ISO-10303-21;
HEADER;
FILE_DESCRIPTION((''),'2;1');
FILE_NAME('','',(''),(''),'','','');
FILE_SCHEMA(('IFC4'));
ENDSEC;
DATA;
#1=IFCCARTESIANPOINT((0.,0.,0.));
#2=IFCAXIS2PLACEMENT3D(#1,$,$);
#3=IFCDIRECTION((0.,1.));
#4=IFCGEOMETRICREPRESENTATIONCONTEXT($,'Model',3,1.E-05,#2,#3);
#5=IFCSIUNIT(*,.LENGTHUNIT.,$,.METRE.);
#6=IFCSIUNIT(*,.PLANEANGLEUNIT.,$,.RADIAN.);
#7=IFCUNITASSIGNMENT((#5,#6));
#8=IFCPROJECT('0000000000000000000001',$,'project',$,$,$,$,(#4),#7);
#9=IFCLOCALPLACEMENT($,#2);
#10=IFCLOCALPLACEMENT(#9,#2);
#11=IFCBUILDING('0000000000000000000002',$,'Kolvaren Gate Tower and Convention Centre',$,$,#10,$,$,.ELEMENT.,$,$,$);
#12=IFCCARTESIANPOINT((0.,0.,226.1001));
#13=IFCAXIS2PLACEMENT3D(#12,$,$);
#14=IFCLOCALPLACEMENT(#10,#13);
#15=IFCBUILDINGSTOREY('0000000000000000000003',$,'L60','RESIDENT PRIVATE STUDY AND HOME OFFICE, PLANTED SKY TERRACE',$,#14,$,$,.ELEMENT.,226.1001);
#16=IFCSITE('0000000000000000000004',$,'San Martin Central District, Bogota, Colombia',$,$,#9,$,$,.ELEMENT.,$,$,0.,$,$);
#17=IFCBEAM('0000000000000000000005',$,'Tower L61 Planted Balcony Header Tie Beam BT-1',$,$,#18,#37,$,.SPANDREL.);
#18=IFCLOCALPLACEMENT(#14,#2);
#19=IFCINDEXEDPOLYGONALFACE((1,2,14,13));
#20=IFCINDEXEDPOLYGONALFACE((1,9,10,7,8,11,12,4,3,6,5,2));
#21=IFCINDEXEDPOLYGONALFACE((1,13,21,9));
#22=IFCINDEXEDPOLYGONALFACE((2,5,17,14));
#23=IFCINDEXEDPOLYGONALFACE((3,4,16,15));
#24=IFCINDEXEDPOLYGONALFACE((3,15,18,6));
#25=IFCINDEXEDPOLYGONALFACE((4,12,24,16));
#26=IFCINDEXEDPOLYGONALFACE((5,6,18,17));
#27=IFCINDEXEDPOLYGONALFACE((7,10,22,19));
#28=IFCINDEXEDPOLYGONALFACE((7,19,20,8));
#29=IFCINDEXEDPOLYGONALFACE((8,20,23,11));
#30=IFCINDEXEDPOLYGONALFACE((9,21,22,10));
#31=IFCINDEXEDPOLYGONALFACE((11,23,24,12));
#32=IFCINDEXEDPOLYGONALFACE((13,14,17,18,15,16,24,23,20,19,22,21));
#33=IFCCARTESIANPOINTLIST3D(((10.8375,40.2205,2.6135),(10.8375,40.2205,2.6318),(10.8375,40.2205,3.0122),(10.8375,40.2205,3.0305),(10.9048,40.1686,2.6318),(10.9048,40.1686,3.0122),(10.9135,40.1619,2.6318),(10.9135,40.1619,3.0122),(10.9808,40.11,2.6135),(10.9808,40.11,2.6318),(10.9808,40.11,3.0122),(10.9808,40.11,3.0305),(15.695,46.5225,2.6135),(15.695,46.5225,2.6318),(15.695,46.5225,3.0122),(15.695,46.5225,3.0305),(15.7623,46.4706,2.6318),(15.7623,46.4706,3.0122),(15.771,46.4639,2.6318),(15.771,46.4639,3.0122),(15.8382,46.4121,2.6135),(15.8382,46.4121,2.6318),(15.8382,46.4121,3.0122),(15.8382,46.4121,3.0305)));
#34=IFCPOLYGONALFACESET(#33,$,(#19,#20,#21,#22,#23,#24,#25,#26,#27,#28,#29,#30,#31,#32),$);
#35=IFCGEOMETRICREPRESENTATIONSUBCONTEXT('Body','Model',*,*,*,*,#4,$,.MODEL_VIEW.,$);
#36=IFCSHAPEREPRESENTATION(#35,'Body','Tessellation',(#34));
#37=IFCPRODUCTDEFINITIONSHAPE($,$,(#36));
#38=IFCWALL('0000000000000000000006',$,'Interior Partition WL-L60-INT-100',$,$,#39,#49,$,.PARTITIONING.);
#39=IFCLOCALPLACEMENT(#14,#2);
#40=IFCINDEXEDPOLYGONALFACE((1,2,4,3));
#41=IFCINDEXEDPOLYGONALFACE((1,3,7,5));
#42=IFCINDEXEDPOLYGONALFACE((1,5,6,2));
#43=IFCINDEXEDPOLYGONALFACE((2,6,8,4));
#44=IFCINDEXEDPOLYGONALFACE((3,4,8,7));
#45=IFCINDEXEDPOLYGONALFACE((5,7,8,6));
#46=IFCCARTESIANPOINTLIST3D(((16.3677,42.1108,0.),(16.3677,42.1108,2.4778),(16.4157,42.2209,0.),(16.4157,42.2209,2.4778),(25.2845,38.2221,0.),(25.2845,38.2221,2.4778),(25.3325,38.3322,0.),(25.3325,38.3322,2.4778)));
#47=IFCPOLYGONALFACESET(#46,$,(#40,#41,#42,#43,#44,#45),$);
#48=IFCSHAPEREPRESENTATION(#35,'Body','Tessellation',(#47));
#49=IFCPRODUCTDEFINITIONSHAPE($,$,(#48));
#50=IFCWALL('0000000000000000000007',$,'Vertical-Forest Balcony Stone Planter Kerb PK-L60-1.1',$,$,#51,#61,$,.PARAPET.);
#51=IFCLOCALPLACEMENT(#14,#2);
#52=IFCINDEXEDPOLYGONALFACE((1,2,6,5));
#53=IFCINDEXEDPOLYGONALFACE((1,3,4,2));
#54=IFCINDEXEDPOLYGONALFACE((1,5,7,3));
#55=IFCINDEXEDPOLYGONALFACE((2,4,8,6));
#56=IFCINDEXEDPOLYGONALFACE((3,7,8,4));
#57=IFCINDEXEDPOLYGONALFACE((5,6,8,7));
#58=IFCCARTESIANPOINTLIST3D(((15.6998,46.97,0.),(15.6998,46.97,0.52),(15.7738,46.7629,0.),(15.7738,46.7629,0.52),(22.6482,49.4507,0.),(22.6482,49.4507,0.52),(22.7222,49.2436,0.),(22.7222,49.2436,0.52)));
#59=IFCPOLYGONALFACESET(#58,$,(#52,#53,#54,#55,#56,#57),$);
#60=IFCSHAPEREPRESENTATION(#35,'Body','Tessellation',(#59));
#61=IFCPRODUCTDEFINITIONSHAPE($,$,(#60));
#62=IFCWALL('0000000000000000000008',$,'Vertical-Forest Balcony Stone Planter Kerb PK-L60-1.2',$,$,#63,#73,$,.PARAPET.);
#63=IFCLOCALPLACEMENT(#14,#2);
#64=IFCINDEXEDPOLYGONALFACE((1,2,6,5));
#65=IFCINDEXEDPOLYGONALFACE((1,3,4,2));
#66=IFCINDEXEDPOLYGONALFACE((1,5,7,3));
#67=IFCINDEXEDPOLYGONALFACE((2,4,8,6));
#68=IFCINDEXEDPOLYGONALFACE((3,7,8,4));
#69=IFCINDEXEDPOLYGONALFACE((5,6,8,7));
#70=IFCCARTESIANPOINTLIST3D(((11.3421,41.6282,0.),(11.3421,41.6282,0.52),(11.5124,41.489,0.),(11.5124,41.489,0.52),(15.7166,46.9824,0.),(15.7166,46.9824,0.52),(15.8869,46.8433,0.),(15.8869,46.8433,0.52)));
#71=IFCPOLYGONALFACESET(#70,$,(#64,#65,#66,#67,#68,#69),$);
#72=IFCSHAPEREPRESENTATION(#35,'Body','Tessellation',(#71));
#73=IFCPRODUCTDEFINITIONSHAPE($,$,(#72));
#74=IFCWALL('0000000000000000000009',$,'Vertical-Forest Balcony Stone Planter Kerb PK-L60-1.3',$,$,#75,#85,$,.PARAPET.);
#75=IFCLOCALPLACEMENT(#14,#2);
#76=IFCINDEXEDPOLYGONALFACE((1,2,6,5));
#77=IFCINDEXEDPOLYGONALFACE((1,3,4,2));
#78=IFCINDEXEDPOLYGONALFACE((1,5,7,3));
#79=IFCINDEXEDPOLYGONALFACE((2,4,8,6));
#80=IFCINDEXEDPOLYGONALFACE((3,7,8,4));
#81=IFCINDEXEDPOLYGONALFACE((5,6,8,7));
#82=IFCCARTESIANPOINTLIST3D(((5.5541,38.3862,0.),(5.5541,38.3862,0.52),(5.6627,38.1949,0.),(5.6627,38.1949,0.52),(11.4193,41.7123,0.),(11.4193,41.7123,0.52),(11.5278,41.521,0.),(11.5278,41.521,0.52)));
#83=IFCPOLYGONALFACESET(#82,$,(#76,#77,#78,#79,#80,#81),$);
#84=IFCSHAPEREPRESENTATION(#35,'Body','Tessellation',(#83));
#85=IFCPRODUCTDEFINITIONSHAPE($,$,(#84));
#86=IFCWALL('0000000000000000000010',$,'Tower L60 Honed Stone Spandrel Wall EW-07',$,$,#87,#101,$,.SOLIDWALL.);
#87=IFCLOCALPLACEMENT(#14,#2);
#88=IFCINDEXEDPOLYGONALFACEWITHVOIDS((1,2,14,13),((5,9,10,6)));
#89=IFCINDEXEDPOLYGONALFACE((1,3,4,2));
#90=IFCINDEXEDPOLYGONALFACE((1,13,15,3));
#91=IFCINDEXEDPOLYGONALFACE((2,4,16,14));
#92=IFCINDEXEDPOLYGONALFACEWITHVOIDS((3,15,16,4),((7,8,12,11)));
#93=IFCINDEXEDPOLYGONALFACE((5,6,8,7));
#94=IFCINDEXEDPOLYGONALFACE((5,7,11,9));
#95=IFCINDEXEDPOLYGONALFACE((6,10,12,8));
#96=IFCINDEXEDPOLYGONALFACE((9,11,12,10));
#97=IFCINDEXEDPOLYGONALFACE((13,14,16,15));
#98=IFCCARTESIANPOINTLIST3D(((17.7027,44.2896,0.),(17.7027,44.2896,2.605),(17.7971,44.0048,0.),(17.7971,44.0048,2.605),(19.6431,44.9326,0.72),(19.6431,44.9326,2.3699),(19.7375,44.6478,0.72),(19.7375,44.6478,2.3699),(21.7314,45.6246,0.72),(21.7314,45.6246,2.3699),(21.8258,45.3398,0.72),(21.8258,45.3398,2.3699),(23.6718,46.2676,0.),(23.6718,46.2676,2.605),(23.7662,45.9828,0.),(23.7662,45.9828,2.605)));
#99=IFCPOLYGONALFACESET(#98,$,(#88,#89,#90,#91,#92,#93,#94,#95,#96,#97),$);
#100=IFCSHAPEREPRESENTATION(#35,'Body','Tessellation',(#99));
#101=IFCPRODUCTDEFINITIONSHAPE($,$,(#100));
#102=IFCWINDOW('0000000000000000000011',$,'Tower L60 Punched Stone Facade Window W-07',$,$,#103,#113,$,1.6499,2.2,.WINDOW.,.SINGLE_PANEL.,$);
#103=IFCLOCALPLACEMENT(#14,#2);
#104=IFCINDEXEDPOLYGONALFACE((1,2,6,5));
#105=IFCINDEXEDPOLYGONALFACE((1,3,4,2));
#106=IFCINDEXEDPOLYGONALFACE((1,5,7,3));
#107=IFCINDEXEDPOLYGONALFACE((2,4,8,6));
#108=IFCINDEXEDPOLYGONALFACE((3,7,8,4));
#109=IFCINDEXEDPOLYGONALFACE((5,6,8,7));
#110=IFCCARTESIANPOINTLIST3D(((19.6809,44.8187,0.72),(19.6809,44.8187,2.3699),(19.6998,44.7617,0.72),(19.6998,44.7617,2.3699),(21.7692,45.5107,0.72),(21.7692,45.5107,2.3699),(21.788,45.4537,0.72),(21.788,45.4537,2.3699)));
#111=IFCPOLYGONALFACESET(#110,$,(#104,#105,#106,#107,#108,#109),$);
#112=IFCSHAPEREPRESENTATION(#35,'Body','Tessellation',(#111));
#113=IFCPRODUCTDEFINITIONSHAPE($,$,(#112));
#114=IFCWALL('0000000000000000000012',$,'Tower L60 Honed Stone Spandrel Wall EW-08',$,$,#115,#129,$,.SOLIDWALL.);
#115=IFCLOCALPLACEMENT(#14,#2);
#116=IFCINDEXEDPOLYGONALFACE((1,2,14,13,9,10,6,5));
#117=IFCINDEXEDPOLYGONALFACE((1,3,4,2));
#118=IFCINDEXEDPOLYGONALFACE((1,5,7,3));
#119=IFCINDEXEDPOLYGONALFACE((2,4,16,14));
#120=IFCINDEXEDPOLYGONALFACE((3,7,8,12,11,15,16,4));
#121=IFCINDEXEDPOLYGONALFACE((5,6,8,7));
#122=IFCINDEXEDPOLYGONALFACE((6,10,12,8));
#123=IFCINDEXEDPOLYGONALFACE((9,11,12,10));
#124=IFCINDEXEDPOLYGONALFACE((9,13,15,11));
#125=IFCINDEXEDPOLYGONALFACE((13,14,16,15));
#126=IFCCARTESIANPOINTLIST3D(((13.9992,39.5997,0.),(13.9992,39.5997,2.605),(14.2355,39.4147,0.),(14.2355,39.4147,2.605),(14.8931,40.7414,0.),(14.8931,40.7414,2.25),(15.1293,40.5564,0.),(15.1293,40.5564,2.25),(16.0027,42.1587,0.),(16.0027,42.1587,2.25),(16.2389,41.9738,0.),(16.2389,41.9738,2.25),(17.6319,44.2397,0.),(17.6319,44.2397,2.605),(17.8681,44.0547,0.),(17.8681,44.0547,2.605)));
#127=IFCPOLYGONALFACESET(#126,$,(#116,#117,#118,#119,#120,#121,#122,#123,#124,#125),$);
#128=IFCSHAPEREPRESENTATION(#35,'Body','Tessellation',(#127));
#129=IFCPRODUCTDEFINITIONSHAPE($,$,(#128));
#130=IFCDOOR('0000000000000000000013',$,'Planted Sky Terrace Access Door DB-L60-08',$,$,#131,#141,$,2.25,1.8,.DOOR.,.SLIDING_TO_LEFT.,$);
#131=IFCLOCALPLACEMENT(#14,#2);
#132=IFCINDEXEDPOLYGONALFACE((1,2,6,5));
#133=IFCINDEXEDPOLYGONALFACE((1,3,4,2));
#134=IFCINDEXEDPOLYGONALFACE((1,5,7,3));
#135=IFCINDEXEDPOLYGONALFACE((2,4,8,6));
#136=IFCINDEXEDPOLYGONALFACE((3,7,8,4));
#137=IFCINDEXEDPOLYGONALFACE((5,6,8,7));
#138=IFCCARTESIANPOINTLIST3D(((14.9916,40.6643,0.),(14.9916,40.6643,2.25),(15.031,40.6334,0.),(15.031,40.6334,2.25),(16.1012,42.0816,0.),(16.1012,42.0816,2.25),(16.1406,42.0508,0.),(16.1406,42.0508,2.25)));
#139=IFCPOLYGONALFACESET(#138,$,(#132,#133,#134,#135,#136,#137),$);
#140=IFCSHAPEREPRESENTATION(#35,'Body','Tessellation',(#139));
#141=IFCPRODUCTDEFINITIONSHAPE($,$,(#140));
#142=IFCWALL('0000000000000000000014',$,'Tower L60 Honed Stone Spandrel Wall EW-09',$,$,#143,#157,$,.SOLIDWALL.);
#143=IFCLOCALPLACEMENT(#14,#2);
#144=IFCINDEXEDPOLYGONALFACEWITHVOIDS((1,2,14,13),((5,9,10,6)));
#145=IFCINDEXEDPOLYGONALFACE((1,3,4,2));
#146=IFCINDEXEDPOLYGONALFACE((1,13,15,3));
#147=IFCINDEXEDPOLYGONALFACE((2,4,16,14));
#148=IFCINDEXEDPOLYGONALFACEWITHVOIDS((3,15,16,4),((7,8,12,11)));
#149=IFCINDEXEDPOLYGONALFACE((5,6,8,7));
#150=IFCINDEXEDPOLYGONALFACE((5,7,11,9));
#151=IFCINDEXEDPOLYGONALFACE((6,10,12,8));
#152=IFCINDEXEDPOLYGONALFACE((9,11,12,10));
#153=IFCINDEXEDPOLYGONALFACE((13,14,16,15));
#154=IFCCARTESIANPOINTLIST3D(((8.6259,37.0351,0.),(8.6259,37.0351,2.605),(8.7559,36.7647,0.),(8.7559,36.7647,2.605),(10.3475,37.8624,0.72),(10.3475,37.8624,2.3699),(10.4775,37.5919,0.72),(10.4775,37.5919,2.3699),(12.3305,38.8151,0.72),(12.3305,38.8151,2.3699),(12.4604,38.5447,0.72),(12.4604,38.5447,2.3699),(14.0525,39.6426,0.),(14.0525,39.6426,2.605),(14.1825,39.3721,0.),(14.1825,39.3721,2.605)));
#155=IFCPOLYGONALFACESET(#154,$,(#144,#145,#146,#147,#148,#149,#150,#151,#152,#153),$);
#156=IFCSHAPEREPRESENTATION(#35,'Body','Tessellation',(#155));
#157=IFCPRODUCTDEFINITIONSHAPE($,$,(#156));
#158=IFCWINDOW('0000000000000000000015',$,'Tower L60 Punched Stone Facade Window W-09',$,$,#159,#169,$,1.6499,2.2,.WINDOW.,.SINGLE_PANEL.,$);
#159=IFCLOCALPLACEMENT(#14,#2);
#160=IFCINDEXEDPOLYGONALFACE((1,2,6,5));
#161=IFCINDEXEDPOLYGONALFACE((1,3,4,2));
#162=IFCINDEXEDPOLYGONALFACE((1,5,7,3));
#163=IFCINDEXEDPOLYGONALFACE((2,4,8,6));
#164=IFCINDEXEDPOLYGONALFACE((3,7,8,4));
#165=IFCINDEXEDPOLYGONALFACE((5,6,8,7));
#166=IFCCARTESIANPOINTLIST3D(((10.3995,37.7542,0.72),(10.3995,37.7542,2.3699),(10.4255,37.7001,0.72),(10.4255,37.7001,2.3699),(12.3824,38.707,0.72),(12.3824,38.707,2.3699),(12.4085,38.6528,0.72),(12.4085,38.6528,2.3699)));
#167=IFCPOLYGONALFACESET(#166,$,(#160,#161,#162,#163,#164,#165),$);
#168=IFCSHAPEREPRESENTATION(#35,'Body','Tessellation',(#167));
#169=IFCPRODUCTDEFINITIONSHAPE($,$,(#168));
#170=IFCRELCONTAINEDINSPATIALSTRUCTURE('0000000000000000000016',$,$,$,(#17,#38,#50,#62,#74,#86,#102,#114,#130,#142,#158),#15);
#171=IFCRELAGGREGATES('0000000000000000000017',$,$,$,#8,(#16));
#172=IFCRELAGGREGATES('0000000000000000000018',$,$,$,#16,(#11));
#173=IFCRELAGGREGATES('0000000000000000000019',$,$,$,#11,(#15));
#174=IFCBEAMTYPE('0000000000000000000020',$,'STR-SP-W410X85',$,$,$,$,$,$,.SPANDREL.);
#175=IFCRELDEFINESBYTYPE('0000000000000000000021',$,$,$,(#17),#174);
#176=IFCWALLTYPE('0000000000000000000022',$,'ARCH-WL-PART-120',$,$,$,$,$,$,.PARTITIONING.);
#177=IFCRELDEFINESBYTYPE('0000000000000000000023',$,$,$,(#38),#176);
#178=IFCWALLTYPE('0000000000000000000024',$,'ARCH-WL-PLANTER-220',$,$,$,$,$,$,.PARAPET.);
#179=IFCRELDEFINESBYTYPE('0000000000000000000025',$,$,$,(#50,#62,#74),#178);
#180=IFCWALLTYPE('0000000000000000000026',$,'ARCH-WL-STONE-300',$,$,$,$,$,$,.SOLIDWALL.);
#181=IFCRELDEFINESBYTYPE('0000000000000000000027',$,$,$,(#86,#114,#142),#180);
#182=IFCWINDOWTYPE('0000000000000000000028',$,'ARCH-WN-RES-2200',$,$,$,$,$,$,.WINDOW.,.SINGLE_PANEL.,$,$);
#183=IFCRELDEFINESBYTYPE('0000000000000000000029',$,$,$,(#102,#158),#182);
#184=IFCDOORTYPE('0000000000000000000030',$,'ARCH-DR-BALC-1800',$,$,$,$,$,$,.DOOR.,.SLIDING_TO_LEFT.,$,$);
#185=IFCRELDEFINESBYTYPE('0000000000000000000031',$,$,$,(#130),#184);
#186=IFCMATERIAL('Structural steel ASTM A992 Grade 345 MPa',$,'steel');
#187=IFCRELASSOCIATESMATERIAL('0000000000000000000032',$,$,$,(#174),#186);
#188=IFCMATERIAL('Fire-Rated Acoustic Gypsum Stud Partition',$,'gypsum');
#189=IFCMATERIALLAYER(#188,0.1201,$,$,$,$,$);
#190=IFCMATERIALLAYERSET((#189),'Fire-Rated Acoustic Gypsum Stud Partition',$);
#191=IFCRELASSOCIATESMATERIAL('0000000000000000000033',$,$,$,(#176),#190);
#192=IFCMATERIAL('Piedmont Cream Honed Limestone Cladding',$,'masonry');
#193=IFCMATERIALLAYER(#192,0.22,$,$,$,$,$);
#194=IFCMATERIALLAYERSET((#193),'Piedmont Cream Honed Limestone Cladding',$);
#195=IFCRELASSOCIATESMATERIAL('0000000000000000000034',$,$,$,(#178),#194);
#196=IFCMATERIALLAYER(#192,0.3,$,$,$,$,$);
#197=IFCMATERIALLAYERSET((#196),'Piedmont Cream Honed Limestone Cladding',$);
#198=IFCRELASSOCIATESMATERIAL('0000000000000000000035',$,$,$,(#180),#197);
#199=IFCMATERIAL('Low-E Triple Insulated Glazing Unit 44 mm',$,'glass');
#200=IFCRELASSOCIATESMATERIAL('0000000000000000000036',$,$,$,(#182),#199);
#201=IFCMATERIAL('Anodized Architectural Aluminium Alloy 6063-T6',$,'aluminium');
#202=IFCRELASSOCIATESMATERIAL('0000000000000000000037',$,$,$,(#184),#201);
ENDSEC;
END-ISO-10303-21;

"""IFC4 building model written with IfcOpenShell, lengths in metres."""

from ifc_helpers import new_model, si_unit, direction, frame, frame_2d, origin, origin_2d, place, context, subcontext, project, spatial, rectangle, i_section, extrude, material, layer, layer_set, material_profile, profile_set, type_object, element, fill, save


model = new_model("IFC4")

# Units and contexts
model_context = context("Model", 3, precision=1e-05, world=origin(), true_north=direction((0.0, 1.0)))
body_context = subcontext(model_context, "Body", "Model", "MODEL_VIEW")
ifc_project = project(units=[si_unit("LENGTHUNIT", "METRE"), si_unit("PLANEANGLEUNIT", "RADIAN")], contexts=[model_context])

# Site, building, storey
site_placement = place(None, origin())
site = spatial("IfcSite", under=ifc_project, at=site_placement, Name="San Martin Central District, Bogota, Colombia", CompositionType="ELEMENT", RefElevation=0.0)
building_placement = place(site_placement, origin())
building = spatial("IfcBuilding", under=site, at=building_placement, Name="Kolvaren Gate Tower and Convention Centre", CompositionType="ELEMENT")
storey_placement = place(building_placement, frame((0.0, 0.0, 226.1001)))
storey = spatial("IfcBuildingStorey", under=building, at=storey_placement, Name="L60", Description="RESIDENT PRIVATE STUDY AND HOME OFFICE, PLANTED SKY TERRACE", CompositionType="ELEMENT", Elevation=226.1001)

# Beam
ifc_material_1 = material(Name="Structural steel ASTM A992 Grade 345 MPa", Category="steel")
ifc_material_profile_1 = material_profile(ifc_material_1, i_section(OverallWidth=0.1809, OverallDepth=0.417, WebThickness=0.011, FlangeThickness=0.0183, at=origin_2d()), Name="W410X85")
ifc_profile_set_1 = profile_set([ifc_material_profile_1], Name="Structural steel ASTM A992 Grade 345 MPa")
beam_type_1 = type_object("IfcBeamType", Name="STR-SP-W410X85", PredefinedType="SPANDREL", material=ifc_profile_set_1)
beam_1_placement = place(storey_placement, frame((15.7666, 46.4673, 2.822), z_axis=(-0.610479, -0.792033, 0.0), x_axis=(0.792033, -0.610479, 0.0)))
element("IfcBeam", 1, at=beam_1_placement, inside=storey, type_object=beam_type_1, Name="Tower L61 Planted Balcony Header Tie Beam BT-1", PredefinedType="SPANDREL", context=body_context, shape_type="SweptSolid", body=[
    extrude(i_section(OverallWidth=0.1809, OverallDepth=0.417, WebThickness=0.011, FlangeThickness=0.0183, at=origin_2d()), origin(), (0.0, 0.0, 1.0), 7.9568),
])

# Walls
ifc_material_2 = material(Name="Fire-Rated Acoustic Gypsum Stud Partition", Category="gypsum")
ifc_layer_1 = layer(ifc_material_2, 0.1201)
ifc_layer_set_1 = layer_set([ifc_layer_1], Name="Fire-Rated Acoustic Gypsum Stud Partition")
wall_type_1 = type_object("IfcWallType", Name="ARCH-WL-PART-120", PredefinedType="PARTITIONING", material=ifc_layer_set_1)
wall_1_placement = place(storey_placement, frame((16.3918, 42.1658, 0.0), z_axis=(0.0, 0.0, 1.0), x_axis=(0.916625, -0.399748, 0.0)))
element("IfcWall", 2, at=wall_1_placement, inside=storey, type_object=wall_type_1, Name="Interior Partition WL-L60-INT-100", PredefinedType="PARTITIONING", context=body_context, shape_type="SweptSolid", body=[
    extrude(rectangle(XDim=9.7278, YDim=0.1201, at=frame_2d((4.8638, 0.0))), origin(), (0.0, 0.0, 1.0), 2.4778),
])
ifc_material_3 = material(Name="Piedmont Cream Honed Limestone Cladding", Category="masonry")
ifc_layer_2 = layer(ifc_material_3, 0.22)
ifc_layer_set_2 = layer_set([ifc_layer_2], Name="Piedmont Cream Honed Limestone Cladding")
wall_type_2 = type_object("IfcWallType", Name="ARCH-WL-PLANTER-220", PredefinedType="PARAPET", material=ifc_layer_set_2)
wall_2_placement = place(storey_placement, frame((15.7368, 46.8665, 0.0), z_axis=(0.0, 0.0, 1.0), x_axis=(0.94178, 0.336229, 0.0)))
element("IfcWall", 3, at=wall_2_placement, inside=storey, type_object=wall_type_2, Name="Vertical-Forest Balcony Stone Planter Kerb PK-L60-1.1", PredefinedType="PARAPET", context=body_context, shape_type="SweptSolid", body=[
    extrude(rectangle(XDim=7.3779, YDim=0.22, at=frame_2d((3.689, 0.0))), origin(), (0.0, 0.0, 1.0), 0.52),
])
wall_3_placement = place(storey_placement, frame((11.4272, 41.5586, 0.0), z_axis=(0.0, 0.0, 1.0), x_axis=(0.632697, 0.774399, 0.0)))
element("IfcWall", 4, at=wall_3_placement, inside=storey, type_object=wall_type_2, Name="Vertical-Forest Balcony Stone Planter Kerb PK-L60-1.2", PredefinedType="PARAPET", context=body_context, shape_type="SweptSolid", body=[
    extrude(rectangle(XDim=6.9141, YDim=0.22, at=frame_2d((3.457, 0.0))), origin(), (0.0, 0.0, 1.0), 0.52),
])
wall_4_placement = place(storey_placement, frame((5.6084, 38.2905, 0.0), z_axis=(0.0, 0.0, 1.0), x_axis=(0.869861, 0.493298, 0.0)))
element("IfcWall", 5, at=wall_4_placement, inside=storey, type_object=wall_type_2, Name="Vertical-Forest Balcony Stone Planter Kerb PK-L60-1.3", PredefinedType="PARAPET", context=body_context, shape_type="SweptSolid", body=[
    extrude(rectangle(XDim=6.7427, YDim=0.22, at=frame_2d((3.3713, 0.0))), origin(), (0.0, 0.0, 1.0), 0.52),
])

# Wall, opening, window
ifc_layer_3 = layer(ifc_material_3, 0.3)
ifc_layer_set_3 = layer_set([ifc_layer_3], Name="Piedmont Cream Honed Limestone Cladding")
wall_type_3 = type_object("IfcWallType", Name="ARCH-WL-STONE-300", PredefinedType="SOLIDWALL", material=ifc_layer_set_3)
wall_5_placement = place(storey_placement, frame((17.75, 44.1472, 0.0), z_axis=(0.0, 0.0, 1.0), x_axis=(0.949241, 0.31455, 0.0)))
wall_5 = element("IfcWall", 6, at=wall_5_placement, inside=storey, type_object=wall_type_3, Name="Tower L60 Honed Stone Spandrel Wall EW-07", PredefinedType="SOLIDWALL", context=body_context, shape_type="SweptSolid", body=[
    extrude(rectangle(XDim=6.2883, YDim=0.3, at=frame_2d((3.144, 0.0))), origin(), (0.0, 0.0, 1.0), 2.605),
])
opening_1_placement = place(wall_5_placement, frame((2.0439, 0.0, 0.72)))
opening_1 = element("IfcOpeningElement", 7, at=opening_1_placement, cuts=wall_5, PredefinedType="OPENING", context=body_context, shape_type="SweptSolid", body=[
    extrude(rectangle(XDim=2.2, YDim=1.6499, at=frame_2d((1.1001, 0.825))), frame((0.0, 0.1599, 0.0), z_axis=(0.0, -1.0, 0.0), x_axis=(1.0, 0.0, 0.0)), (0.0, 0.0, 1.0), 0.3201),
])
ifc_material_4 = material(Name="Low-E Triple Insulated Glazing Unit 44 mm", Category="glass")
window_type = type_object("IfcWindowType", Name="ARCH-WN-RES-2200", PartitioningType="SINGLE_PANEL", PredefinedType="WINDOW", material=ifc_material_4)
window_1_placement = place(opening_1_placement, origin())
window_1 = element("IfcWindow", 8, at=window_1_placement, inside=storey, type_object=window_type, Name="Tower L60 Punched Stone Facade Window W-07", OverallHeight=1.6499, OverallWidth=2.2, PartitioningType="SINGLE_PANEL", PredefinedType="WINDOW", context=body_context, shape_type="SweptSolid", body=[
    extrude(rectangle(XDim=2.2, YDim=1.6499, at=frame_2d((1.1001, 0.825))), frame((0.0, 0.03, 0.0), z_axis=(0.0, -1.0, 0.0), x_axis=(1.0, 0.0, 0.0)), (0.0, 0.0, 1.0), 0.0601),
])
fill(opening_1, window_1)

# Wall, opening, door
wall_6_placement = place(storey_placement, frame((14.1174, 39.5073, 0.0), z_axis=(0.0, 0.0, 1.0), x_axis=(0.61645, 0.787394, 0.0)))
wall_6 = element("IfcWall", 9, at=wall_6_placement, inside=storey, type_object=wall_type_3, Name="Tower L60 Honed Stone Spandrel Wall EW-08", PredefinedType="SOLIDWALL", context=body_context, shape_type="SweptSolid", body=[
    extrude(rectangle(XDim=5.8928, YDim=0.3, at=frame_2d((2.9463, 0.0))), origin(), (0.0, 0.0, 1.0), 2.605),
])
opening_2_placement = place(wall_6_placement, frame((1.45, 0.0, 0.0)))
opening_2 = element("IfcOpeningElement", 10, at=opening_2_placement, cuts=wall_6, PredefinedType="OPENING", context=body_context, shape_type="SweptSolid", body=[
    extrude(rectangle(XDim=1.8, YDim=2.25, at=frame_2d((0.8999, 1.125))), frame((0.0, 0.1599, 0.0), z_axis=(0.0, -1.0, 0.0), x_axis=(1.0, 0.0, 0.0)), (0.0, 0.0, 1.0), 0.3201),
])
ifc_material_5 = material(Name="Anodized Architectural Aluminium Alloy 6063-T6", Category="aluminium")
door_type = type_object("IfcDoorType", Name="ARCH-DR-BALC-1800", OperationType="SLIDING_TO_LEFT", PredefinedType="DOOR", material=ifc_material_5)
door_placement = place(opening_2_placement, origin())
door = element("IfcDoor", 11, at=door_placement, inside=storey, type_object=door_type, Name="Planted Sky Terrace Access Door DB-L60-08", OperationType="SLIDING_TO_LEFT", OverallHeight=2.25, OverallWidth=1.8, PredefinedType="DOOR", context=body_context, shape_type="SweptSolid", body=[
    extrude(rectangle(XDim=1.8, YDim=2.25, at=frame_2d((0.8999, 1.125))), frame((0.0, 0.0249, 0.0), z_axis=(0.0, -1.0, 0.0), x_axis=(1.0, 0.0, 0.0)), (0.0, 0.0, 1.0), 0.05),
])
fill(opening_2, door)

# Wall, opening, window
wall_7_placement = place(storey_placement, frame((8.6909, 36.8999, 0.0), z_axis=(0.0, 0.0, 1.0), x_axis=(0.901348, 0.433095, 0.0)))
wall_7 = element("IfcWall", 12, at=wall_7_placement, inside=storey, type_object=wall_type_3, Name="Tower L60 Honed Stone Spandrel Wall EW-09", PredefinedType="SOLIDWALL", context=body_context, shape_type="SweptSolid", body=[
    extrude(rectangle(XDim=6.0205, YDim=0.3, at=frame_2d((3.0103, 0.0))), origin(), (0.0, 0.0, 1.0), 2.605),
])
opening_3_placement = place(wall_7_placement, frame((1.9099, 0.0, 0.72)))
opening_3 = element("IfcOpeningElement", 13, at=opening_3_placement, cuts=wall_7, PredefinedType="OPENING", context=body_context, shape_type="SweptSolid", body=[
    extrude(rectangle(XDim=2.2, YDim=1.6499, at=frame_2d((1.1001, 0.825))), frame((0.0, 0.1599, 0.0), z_axis=(0.0, -1.0, 0.0), x_axis=(1.0, 0.0, 0.0)), (0.0, 0.0, 1.0), 0.3201),
])
window_2_placement = place(opening_3_placement, origin())
window_2 = element("IfcWindow", 14, at=window_2_placement, inside=storey, type_object=window_type, Name="Tower L60 Punched Stone Facade Window W-09", OverallHeight=1.6499, OverallWidth=2.2, PartitioningType="SINGLE_PANEL", PredefinedType="WINDOW", context=body_context, shape_type="SweptSolid", body=[
    extrude(rectangle(XDim=2.2, YDim=1.6499, at=frame_2d((1.1001, 0.825))), frame((0.0, 0.03, 0.0), z_axis=(0.0, -1.0, 0.0), x_axis=(1.0, 0.0, 0.0)), (0.0, 0.0, 1.0), 0.0601),
])
fill(opening_3, window_2)

save(model, "model.ifc")
